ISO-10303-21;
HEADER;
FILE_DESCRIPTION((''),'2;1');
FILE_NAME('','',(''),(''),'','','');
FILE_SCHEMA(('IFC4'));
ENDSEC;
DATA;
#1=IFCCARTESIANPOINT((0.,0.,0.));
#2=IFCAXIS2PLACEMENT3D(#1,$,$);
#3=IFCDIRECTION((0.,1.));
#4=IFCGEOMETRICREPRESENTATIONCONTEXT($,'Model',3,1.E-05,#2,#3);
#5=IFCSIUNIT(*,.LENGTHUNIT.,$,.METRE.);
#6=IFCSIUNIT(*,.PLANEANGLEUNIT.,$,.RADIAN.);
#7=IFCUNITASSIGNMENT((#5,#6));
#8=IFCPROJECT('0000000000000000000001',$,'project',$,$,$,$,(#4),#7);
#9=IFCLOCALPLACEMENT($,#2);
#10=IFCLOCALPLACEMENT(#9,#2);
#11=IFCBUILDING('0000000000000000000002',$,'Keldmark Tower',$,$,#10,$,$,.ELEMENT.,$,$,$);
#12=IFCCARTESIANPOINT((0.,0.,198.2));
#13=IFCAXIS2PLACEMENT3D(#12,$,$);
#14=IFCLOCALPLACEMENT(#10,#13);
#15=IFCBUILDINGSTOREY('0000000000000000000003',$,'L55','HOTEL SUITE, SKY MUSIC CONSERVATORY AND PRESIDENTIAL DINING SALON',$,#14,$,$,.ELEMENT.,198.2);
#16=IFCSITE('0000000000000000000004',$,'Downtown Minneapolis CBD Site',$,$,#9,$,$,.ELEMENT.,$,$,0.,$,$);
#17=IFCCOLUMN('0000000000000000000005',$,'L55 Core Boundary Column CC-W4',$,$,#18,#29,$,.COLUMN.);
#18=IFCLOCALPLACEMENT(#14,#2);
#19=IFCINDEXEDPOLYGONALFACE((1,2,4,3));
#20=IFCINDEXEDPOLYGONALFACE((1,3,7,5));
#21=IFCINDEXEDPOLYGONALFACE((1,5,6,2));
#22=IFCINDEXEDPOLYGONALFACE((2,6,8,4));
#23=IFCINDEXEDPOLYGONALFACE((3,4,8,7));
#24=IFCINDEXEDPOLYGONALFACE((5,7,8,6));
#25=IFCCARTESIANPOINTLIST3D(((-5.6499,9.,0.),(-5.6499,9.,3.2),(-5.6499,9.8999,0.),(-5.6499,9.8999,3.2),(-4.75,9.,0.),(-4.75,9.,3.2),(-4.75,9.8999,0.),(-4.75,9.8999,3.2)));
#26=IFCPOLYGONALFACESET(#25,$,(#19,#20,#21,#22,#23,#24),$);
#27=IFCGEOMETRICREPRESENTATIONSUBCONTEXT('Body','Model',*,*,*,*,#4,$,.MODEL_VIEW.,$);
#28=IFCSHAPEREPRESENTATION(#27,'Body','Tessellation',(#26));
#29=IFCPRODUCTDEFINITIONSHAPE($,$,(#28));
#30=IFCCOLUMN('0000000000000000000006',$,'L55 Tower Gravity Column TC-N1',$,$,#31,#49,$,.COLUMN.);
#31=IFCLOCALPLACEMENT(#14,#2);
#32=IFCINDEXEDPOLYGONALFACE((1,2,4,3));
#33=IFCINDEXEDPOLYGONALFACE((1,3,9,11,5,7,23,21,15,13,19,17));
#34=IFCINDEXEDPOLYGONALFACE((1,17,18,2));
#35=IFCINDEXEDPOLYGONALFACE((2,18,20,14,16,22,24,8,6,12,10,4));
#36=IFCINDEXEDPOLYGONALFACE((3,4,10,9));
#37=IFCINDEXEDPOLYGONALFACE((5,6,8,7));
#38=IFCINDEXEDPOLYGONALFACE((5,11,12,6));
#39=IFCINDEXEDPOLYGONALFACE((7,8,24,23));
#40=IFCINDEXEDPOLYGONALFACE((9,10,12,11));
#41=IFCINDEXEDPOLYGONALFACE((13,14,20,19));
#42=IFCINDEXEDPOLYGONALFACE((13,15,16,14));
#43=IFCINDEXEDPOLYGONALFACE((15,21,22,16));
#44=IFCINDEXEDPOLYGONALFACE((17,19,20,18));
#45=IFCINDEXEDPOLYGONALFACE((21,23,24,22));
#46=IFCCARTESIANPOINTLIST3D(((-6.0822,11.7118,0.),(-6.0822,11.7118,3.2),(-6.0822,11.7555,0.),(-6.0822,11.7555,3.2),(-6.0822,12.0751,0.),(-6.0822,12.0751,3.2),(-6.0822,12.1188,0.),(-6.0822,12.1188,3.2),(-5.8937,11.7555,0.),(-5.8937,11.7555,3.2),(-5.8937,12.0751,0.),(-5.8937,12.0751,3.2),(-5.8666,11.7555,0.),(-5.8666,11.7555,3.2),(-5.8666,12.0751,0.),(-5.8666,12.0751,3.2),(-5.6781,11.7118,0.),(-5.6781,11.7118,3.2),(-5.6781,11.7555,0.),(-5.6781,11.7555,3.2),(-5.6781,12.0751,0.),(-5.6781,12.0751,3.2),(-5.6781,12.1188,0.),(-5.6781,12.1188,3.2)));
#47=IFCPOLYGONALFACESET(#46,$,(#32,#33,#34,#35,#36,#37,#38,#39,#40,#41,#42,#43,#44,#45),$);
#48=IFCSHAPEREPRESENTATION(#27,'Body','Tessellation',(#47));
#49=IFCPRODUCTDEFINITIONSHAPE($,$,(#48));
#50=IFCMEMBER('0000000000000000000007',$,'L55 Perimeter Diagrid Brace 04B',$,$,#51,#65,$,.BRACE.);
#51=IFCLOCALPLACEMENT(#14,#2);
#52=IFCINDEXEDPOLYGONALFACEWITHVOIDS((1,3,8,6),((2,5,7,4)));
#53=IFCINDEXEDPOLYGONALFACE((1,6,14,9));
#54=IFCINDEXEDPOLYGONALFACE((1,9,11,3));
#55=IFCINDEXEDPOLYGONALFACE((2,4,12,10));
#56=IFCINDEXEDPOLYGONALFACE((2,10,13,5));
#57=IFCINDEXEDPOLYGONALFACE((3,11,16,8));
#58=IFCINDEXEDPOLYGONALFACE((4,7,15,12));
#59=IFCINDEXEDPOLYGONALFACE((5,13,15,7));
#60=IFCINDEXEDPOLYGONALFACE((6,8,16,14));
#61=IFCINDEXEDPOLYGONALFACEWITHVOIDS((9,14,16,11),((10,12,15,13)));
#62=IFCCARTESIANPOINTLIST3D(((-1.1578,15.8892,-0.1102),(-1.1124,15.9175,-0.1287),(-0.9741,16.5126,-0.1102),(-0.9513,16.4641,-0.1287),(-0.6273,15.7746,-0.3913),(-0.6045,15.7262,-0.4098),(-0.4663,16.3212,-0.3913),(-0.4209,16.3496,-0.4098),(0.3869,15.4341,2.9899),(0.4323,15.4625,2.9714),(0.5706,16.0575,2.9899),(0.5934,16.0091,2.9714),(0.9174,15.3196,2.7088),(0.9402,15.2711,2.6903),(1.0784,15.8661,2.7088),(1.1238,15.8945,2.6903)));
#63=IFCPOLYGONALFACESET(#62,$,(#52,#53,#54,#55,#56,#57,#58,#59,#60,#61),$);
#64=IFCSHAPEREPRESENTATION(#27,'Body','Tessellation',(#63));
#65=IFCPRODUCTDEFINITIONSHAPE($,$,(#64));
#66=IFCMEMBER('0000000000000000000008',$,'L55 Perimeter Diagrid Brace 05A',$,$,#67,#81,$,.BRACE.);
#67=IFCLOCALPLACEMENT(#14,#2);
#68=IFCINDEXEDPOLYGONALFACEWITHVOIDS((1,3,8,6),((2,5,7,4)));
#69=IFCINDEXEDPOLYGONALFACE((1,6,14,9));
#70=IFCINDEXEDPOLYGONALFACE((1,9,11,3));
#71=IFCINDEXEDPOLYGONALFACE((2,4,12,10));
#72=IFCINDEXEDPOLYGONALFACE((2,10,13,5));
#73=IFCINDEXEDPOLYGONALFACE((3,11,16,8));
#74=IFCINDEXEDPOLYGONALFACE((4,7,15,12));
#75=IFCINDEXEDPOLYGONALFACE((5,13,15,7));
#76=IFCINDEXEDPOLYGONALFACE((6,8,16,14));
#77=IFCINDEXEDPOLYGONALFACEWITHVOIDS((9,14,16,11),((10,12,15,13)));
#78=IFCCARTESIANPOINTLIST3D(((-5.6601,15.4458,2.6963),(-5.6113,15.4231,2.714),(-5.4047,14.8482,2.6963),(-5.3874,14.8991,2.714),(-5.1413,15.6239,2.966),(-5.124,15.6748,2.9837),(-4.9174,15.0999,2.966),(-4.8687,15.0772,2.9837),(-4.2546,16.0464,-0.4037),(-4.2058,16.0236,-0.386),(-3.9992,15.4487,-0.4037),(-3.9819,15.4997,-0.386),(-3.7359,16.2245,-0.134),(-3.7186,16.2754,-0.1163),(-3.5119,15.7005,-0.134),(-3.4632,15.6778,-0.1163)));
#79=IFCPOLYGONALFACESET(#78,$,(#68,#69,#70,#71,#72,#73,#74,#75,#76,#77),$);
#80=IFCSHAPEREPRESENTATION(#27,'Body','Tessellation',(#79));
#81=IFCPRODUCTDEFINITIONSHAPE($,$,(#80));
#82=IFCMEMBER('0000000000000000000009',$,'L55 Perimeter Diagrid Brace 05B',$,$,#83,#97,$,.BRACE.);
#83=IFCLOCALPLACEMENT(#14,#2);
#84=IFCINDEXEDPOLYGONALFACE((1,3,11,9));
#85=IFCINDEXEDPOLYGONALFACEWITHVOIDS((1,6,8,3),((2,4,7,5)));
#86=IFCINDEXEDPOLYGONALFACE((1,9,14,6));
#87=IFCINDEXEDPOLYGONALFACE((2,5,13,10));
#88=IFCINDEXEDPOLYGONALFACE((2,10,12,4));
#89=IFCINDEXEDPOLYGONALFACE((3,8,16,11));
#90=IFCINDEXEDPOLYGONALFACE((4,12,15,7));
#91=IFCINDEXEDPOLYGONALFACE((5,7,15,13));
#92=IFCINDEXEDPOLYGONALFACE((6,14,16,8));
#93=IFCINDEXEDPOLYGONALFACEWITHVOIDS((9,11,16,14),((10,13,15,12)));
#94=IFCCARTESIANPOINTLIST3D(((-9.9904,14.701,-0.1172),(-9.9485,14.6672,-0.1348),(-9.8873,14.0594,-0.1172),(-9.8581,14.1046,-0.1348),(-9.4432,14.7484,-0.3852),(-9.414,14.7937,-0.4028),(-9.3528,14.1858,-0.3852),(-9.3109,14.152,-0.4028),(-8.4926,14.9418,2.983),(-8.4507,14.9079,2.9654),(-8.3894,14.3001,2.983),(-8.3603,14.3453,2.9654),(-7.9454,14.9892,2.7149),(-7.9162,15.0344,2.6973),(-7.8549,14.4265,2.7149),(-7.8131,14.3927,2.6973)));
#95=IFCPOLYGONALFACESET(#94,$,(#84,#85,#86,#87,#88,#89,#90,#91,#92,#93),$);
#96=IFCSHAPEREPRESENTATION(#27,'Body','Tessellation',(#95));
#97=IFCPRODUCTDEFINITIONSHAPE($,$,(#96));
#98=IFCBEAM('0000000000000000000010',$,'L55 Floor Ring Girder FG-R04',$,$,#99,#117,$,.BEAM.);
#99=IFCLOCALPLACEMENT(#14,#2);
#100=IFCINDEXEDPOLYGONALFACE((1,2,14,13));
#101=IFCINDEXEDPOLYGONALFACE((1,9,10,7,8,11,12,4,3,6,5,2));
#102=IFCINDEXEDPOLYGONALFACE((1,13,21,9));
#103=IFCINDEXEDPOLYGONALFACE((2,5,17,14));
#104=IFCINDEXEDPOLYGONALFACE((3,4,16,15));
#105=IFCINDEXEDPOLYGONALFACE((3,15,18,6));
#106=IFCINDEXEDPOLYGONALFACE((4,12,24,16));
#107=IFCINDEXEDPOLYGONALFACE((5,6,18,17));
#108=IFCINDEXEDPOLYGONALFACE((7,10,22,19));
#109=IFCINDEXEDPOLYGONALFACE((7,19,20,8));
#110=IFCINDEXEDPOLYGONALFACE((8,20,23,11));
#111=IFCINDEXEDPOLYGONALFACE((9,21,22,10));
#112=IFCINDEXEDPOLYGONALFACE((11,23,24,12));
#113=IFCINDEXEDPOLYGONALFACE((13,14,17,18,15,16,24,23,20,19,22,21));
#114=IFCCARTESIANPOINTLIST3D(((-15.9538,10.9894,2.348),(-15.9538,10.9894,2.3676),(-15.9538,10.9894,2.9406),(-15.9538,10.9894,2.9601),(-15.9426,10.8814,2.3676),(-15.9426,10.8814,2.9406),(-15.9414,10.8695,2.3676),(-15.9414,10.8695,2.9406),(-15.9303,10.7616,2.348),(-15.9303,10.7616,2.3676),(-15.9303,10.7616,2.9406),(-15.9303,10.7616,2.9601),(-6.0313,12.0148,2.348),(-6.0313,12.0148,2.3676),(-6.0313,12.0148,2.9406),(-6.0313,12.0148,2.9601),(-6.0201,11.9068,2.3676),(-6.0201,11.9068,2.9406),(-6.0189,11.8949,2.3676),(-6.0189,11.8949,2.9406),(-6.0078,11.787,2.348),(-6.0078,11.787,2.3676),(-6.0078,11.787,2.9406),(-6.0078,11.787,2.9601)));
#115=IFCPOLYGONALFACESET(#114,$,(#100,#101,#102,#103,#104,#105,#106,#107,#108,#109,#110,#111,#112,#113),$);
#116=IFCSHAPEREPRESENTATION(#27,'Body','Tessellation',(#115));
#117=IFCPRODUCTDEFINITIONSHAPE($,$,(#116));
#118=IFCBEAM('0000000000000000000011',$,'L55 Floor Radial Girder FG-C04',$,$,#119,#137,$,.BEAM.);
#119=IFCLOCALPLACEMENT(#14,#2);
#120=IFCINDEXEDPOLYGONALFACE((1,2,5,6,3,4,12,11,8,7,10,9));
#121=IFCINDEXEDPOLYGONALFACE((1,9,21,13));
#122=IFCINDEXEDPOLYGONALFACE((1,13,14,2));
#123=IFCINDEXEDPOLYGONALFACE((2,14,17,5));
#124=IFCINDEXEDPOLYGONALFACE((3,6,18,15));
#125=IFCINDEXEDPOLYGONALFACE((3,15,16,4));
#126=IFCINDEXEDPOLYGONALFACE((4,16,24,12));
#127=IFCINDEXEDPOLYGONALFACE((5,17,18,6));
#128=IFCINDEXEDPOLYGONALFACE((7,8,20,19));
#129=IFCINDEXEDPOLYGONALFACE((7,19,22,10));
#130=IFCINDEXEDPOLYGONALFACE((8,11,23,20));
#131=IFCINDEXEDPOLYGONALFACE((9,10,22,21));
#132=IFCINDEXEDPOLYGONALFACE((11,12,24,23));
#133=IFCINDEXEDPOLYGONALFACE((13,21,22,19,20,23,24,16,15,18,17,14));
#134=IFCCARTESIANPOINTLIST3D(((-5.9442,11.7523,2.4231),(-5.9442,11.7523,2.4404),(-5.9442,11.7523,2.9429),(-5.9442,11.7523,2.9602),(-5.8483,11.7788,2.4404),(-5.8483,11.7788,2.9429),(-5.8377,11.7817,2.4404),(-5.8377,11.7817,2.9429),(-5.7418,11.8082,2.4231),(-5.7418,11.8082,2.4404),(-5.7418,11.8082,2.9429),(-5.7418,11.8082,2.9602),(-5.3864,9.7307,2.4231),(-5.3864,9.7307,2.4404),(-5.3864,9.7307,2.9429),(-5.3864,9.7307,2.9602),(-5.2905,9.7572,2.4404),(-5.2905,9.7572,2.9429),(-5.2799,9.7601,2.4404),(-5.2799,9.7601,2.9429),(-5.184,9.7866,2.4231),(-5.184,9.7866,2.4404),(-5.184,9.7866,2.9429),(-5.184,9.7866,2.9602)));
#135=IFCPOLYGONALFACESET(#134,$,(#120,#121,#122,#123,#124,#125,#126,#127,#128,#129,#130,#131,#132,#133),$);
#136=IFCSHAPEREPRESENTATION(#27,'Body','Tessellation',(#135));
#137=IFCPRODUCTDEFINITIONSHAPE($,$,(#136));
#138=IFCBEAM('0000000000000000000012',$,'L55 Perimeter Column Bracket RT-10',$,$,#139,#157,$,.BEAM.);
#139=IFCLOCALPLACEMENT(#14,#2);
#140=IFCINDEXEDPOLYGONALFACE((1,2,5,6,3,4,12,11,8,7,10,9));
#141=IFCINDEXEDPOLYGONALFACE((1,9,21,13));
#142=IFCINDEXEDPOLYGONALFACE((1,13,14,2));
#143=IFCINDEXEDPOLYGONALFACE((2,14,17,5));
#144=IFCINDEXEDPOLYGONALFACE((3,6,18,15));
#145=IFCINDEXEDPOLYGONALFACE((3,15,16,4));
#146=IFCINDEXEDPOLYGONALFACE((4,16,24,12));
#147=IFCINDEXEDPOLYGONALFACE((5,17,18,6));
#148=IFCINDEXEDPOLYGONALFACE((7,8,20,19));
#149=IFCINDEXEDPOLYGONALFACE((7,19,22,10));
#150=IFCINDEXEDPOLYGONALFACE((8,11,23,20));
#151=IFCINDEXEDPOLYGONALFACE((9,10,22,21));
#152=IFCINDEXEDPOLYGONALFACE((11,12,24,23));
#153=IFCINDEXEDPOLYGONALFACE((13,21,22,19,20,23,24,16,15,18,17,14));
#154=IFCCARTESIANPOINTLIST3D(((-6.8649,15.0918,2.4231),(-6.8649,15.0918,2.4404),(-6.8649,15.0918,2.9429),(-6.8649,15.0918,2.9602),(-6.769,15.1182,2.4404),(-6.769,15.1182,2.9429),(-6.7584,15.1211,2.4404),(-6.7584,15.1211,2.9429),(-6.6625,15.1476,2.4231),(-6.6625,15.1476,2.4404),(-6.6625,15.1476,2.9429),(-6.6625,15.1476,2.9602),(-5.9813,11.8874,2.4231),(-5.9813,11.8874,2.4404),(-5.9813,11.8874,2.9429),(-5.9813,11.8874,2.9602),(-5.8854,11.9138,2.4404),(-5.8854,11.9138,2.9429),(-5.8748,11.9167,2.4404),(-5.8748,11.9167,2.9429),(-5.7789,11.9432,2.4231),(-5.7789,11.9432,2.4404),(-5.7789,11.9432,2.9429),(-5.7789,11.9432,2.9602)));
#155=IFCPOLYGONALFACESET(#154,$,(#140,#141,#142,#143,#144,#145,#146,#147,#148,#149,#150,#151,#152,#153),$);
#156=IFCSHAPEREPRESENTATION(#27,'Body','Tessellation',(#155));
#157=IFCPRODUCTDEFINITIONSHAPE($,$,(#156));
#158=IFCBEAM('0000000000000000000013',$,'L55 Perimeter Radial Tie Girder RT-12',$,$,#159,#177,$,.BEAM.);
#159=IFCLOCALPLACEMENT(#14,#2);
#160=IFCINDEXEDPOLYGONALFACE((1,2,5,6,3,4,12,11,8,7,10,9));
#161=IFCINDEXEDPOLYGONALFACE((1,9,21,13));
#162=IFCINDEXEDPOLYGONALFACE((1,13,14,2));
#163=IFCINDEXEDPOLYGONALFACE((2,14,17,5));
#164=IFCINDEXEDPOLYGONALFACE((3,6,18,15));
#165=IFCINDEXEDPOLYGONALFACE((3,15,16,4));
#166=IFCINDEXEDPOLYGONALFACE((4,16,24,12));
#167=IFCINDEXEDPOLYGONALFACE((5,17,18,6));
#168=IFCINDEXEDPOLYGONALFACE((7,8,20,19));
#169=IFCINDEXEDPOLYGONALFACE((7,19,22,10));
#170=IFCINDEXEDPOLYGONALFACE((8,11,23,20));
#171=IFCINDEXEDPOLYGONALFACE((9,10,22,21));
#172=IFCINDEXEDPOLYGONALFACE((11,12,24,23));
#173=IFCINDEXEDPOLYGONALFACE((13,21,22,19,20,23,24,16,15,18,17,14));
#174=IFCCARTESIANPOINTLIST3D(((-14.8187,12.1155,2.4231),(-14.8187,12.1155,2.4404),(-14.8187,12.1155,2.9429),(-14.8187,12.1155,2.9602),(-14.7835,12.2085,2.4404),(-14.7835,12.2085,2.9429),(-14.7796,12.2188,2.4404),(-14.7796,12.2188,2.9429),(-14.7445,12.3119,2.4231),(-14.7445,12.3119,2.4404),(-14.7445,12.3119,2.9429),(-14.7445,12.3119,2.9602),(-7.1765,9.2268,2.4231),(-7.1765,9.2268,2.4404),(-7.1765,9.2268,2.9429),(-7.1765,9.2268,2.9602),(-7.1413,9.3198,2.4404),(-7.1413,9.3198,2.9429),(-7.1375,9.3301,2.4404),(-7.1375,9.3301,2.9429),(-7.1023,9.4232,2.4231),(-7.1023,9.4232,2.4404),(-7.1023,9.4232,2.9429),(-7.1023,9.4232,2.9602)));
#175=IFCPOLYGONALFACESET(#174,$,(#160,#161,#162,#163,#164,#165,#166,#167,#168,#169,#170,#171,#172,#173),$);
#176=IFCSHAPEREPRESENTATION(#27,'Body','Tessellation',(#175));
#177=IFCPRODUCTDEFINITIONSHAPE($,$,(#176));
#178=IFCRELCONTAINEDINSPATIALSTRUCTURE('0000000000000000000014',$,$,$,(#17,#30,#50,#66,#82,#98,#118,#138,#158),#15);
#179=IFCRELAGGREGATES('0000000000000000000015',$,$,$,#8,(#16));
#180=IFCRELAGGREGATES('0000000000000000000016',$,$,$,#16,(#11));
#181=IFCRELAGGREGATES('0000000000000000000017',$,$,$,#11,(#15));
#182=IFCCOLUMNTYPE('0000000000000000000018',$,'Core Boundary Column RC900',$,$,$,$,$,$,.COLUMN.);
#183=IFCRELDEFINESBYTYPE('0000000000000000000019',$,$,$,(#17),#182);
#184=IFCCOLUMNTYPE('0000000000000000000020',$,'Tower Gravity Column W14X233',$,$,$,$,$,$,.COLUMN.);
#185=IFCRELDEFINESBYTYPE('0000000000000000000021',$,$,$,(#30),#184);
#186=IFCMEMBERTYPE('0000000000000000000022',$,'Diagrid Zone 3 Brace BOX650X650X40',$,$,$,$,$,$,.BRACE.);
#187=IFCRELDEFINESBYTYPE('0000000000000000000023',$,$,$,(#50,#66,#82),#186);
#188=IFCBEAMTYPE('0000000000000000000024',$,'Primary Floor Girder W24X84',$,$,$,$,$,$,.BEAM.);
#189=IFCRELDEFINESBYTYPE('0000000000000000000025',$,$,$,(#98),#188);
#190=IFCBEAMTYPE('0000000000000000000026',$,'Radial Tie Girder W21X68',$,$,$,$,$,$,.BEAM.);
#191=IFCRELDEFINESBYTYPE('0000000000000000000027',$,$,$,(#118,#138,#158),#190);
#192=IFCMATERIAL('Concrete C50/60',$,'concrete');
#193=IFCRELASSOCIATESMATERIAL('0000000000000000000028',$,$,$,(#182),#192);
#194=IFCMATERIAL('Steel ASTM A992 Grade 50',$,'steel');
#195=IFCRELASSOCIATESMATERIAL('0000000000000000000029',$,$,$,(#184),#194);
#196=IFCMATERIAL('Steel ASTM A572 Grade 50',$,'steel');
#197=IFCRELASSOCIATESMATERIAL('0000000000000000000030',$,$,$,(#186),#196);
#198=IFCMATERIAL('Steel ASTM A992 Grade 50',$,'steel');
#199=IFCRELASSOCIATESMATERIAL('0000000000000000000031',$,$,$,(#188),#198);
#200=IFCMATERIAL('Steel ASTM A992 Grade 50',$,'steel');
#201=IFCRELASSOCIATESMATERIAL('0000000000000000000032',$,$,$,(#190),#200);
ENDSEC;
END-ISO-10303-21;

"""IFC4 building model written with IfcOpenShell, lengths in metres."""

from ifc_helpers import new_model, si_unit, direction, frame, origin, origin_2d, place, context, subcontext, project, spatial, rectangle, hollow_rectangle, i_section, extrude, material, material_profile, profile_set, type_object, element, save


model = new_model("IFC4")

# Units and contexts
model_context = context("Model", 3, precision=1e-05, world=origin(), true_north=direction((0.0, 1.0)))
body_context = subcontext(model_context, "Body", "Model", "MODEL_VIEW")
ifc_project = project(units=[si_unit("LENGTHUNIT", "METRE"), si_unit("PLANEANGLEUNIT", "RADIAN")], contexts=[model_context])

# Site, building, storey
site_placement = place(None, origin())
site = spatial("IfcSite", under=ifc_project, at=site_placement, Name="Downtown Minneapolis CBD Site", CompositionType="ELEMENT", RefElevation=0.0)
building_placement = place(site_placement, origin())
building = spatial("IfcBuilding", under=site, at=building_placement, Name="Keldmark Tower", CompositionType="ELEMENT")
storey_placement = place(building_placement, frame((0.0, 0.0, 198.2)))
storey = spatial("IfcBuildingStorey", under=building, at=storey_placement, Name="L55", Description="HOTEL SUITE, SKY MUSIC CONSERVATORY AND PRESIDENTIAL DINING SALON", CompositionType="ELEMENT", Elevation=198.2)

# Columns
ifc_material_1 = material(Name="Concrete C50/60", Category="concrete")
ifc_material_profile_1 = material_profile(ifc_material_1, rectangle(XDim=0.8999, YDim=0.8999, at=origin_2d()), Name="RC900X900")
ifc_profile_set_1 = profile_set([ifc_material_profile_1], Name="Concrete C50/60")
column_type_1 = type_object("IfcColumnType", Name="Core Boundary Column RC900", PredefinedType="COLUMN", material=ifc_profile_set_1)
column_1_placement = place(storey_placement, frame((-5.2, 9.45, 0.0), z_axis=(0.0, 0.0, 1.0), x_axis=(1.0, 0.0, 0.0)))
element("IfcColumn", 1, at=column_1_placement, inside=storey, type_object=column_type_1, Name="L55 Core Boundary Column CC-W4", PredefinedType="COLUMN", context=body_context, shape_type="SweptSolid", body=[
    extrude(rectangle(XDim=0.8999, YDim=0.8999, at=origin_2d()), origin(), (0.0, 0.0, 1.0), 3.2),
])
ifc_material_2 = material(Name="Steel ASTM A992 Grade 50", Category="steel")
ifc_material_profile_2 = material_profile(ifc_material_2, i_section(OverallWidth=0.4041, OverallDepth=0.407, WebThickness=0.0271, FlangeThickness=0.0437, at=origin_2d()), Name="W14X233")
ifc_profile_set_2 = profile_set([ifc_material_profile_2], Name="Steel ASTM A992 Grade 50")
column_type_2 = type_object("IfcColumnType", Name="Tower Gravity Column W14X233", PredefinedType="COLUMN", material=ifc_profile_set_2)
column_2_placement = place(storey_placement, frame((-5.8801, 11.9153, 0.0), z_axis=(0.0, 0.0, 1.0), x_axis=(1.0, 0.0, 0.0)))
element("IfcColumn", 2, at=column_2_placement, inside=storey, type_object=column_type_2, Name="L55 Tower Gravity Column TC-N1", PredefinedType="COLUMN", context=body_context, shape_type="SweptSolid", body=[
    extrude(i_section(OverallWidth=0.4041, OverallDepth=0.407, WebThickness=0.0271, FlangeThickness=0.0437, at=origin_2d()), origin(), (0.0, 0.0, 1.0), 3.2),
])

# Members
ifc_material_3 = material(Name="Steel ASTM A572 Grade 50", Category="steel")
ifc_material_profile_3 = material_profile(ifc_material_3, hollow_rectangle(XDim=0.6499, YDim=0.6499, WallThickness=0.04, at=origin_2d()), Name="BOX650X650X40")
ifc_profile_set_3 = profile_set([ifc_material_profile_3], Name="Steel ASTM A572 Grade 50")
member_type = type_object("IfcMemberType", Name="Diagrid Zone 3 Brace BOX650X650X40", PredefinedType="BRACE", material=ifc_profile_set_3)
member_1_placement = place(storey_placement, frame((-0.7893, 16.1194, -0.26), z_axis=(0.442172, -0.130269, 0.88742), x_axis=(0.282601, 0.959237, 0.0)))
element("IfcMember", 3, at=member_1_placement, inside=storey, type_object=member_type, Name="L55 Perimeter Diagrid Brace 04B", PredefinedType="BRACE", context=body_context, shape_type="SweptSolid", body=[
    extrude(hollow_rectangle(XDim=0.6499, YDim=0.6499, WallThickness=0.04, at=origin_2d()), origin(), (0.0, 0.0, 1.0), 3.4934),
])
member_2_placement = place(storey_placement, frame((-3.8589, 15.8621, -0.26), z_axis=(-0.406641, -0.17376, 0.896912), x_axis=(0.392936, -0.919566, 0.0)))
element("IfcMember", 4, at=member_2_placement, inside=storey, type_object=member_type, Name="L55 Perimeter Diagrid Brace 05A", PredefinedType="BRACE", context=body_context, shape_type="SweptSolid", body=[
    extrude(hollow_rectangle(XDim=0.6499, YDim=0.6499, WallThickness=0.04, at=origin_2d()), origin(), (0.0, 0.0, 1.0), 3.4563),
])
member_3_placement = place(storey_placement, frame((-9.6506, 14.4265, -0.26), z_axis=(0.433973, 0.069747, 0.898222), x_axis=(-0.158681, 0.98733, 0.0)))
element("IfcMember", 5, at=member_3_placement, inside=storey, type_object=member_type, Name="L55 Perimeter Diagrid Brace 05B", PredefinedType="BRACE", context=body_context, shape_type="SweptSolid", body=[
    extrude(hollow_rectangle(XDim=0.6499, YDim=0.6499, WallThickness=0.04, at=origin_2d()), origin(), (0.0, 0.0, 1.0), 3.4514),
])

# Beams
ifc_material_4 = material(Name="Steel ASTM A992 Grade 50", Category="steel")
ifc_material_profile_4 = material_profile(ifc_material_4, i_section(OverallWidth=0.229, OverallDepth=0.6121, WebThickness=0.012, FlangeThickness=0.0195, at=origin_2d()), Name="W24X84")
ifc_profile_set_4 = profile_set([ifc_material_profile_4], Name="Steel ASTM A992 Grade 50")
beam_type_1 = type_object("IfcBeamType", Name="Primary Floor Girder W24X84", PredefinedType="BEAM", material=ifc_profile_set_4)
beam_1_placement = place(storey_placement, frame((-6.0195, 11.9009, 2.6541), z_axis=(-0.994703, -0.102791, 0.0), x_axis=(0.102791, -0.994703, 0.0)))
element("IfcBeam", 6, at=beam_1_placement, inside=storey, type_object=beam_type_1, Name="L55 Floor Ring Girder FG-R04", PredefinedType="BEAM", context=body_context, shape_type="SweptSolid", body=[
    extrude(i_section(OverallWidth=0.229, OverallDepth=0.6121, WebThickness=0.012, FlangeThickness=0.0195, at=origin_2d()), origin(), (0.0, 0.0, 1.0), 9.9753),
])
ifc_material_5 = material(Name="Steel ASTM A992 Grade 50", Category="steel")
ifc_material_profile_5 = material_profile(ifc_material_5, i_section(OverallWidth=0.21, OverallDepth=0.5371, WebThickness=0.011, FlangeThickness=0.0173, at=origin_2d()), Name="W21X68")
ifc_profile_set_5 = profile_set([ifc_material_profile_5], Name="Steel ASTM A992 Grade 50")
beam_type_2 = type_object("IfcBeamType", Name="Radial Tie Girder W21X68", PredefinedType="BEAM", material=ifc_profile_set_5)
beam_2_placement = place(storey_placement, frame((-5.843, 11.7803, 2.6917), z_axis=(0.265992, -0.963975, 0.0), x_axis=(0.963975, 0.265992, 0.0)))
element("IfcBeam", 7, at=beam_2_placement, inside=storey, type_object=beam_type_2, Name="L55 Floor Radial Girder FG-C04", PredefinedType="BEAM", context=body_context, shape_type="SweptSolid", body=[
    extrude(i_section(OverallWidth=0.21, OverallDepth=0.5371, WebThickness=0.011, FlangeThickness=0.0173, at=origin_2d()), origin(), (0.0, 0.0, 1.0), 2.0972),
])
beam_3_placement = place(storey_placement, frame((-5.8801, 11.9153, 2.6917), z_axis=(-0.265814, 0.964024, 0.0), x_axis=(-0.964024, -0.265814, 0.0)))
element("IfcBeam", 8, at=beam_3_placement, inside=storey, type_object=beam_type_2, Name="L55 Perimeter Column Bracket RT-10", PredefinedType="BEAM", context=body_context, shape_type="SweptSolid", body=[
    extrude(i_section(OverallWidth=0.21, OverallDepth=0.5371, WebThickness=0.011, FlangeThickness=0.0173, at=origin_2d()), origin(), (0.0, 0.0, 1.0), 3.324),
])
beam_4_placement = place(storey_placement, frame((-7.1394, 9.325, 2.6917), z_axis=(-0.935405, 0.353578, 0.0), x_axis=(-0.353578, -0.935405, 0.0)))
element("IfcBeam", 9, at=beam_4_placement, inside=storey, type_object=beam_type_2, Name="L55 Perimeter Radial Tie Girder RT-12", PredefinedType="BEAM", context=body_context, shape_type="SweptSolid", body=[
    extrude(i_section(OverallWidth=0.21, OverallDepth=0.5371, WebThickness=0.011, FlangeThickness=0.0173, at=origin_2d()), origin(), (0.0, 0.0, 1.0), 8.1699),
])

save(model, "model.ifc")
